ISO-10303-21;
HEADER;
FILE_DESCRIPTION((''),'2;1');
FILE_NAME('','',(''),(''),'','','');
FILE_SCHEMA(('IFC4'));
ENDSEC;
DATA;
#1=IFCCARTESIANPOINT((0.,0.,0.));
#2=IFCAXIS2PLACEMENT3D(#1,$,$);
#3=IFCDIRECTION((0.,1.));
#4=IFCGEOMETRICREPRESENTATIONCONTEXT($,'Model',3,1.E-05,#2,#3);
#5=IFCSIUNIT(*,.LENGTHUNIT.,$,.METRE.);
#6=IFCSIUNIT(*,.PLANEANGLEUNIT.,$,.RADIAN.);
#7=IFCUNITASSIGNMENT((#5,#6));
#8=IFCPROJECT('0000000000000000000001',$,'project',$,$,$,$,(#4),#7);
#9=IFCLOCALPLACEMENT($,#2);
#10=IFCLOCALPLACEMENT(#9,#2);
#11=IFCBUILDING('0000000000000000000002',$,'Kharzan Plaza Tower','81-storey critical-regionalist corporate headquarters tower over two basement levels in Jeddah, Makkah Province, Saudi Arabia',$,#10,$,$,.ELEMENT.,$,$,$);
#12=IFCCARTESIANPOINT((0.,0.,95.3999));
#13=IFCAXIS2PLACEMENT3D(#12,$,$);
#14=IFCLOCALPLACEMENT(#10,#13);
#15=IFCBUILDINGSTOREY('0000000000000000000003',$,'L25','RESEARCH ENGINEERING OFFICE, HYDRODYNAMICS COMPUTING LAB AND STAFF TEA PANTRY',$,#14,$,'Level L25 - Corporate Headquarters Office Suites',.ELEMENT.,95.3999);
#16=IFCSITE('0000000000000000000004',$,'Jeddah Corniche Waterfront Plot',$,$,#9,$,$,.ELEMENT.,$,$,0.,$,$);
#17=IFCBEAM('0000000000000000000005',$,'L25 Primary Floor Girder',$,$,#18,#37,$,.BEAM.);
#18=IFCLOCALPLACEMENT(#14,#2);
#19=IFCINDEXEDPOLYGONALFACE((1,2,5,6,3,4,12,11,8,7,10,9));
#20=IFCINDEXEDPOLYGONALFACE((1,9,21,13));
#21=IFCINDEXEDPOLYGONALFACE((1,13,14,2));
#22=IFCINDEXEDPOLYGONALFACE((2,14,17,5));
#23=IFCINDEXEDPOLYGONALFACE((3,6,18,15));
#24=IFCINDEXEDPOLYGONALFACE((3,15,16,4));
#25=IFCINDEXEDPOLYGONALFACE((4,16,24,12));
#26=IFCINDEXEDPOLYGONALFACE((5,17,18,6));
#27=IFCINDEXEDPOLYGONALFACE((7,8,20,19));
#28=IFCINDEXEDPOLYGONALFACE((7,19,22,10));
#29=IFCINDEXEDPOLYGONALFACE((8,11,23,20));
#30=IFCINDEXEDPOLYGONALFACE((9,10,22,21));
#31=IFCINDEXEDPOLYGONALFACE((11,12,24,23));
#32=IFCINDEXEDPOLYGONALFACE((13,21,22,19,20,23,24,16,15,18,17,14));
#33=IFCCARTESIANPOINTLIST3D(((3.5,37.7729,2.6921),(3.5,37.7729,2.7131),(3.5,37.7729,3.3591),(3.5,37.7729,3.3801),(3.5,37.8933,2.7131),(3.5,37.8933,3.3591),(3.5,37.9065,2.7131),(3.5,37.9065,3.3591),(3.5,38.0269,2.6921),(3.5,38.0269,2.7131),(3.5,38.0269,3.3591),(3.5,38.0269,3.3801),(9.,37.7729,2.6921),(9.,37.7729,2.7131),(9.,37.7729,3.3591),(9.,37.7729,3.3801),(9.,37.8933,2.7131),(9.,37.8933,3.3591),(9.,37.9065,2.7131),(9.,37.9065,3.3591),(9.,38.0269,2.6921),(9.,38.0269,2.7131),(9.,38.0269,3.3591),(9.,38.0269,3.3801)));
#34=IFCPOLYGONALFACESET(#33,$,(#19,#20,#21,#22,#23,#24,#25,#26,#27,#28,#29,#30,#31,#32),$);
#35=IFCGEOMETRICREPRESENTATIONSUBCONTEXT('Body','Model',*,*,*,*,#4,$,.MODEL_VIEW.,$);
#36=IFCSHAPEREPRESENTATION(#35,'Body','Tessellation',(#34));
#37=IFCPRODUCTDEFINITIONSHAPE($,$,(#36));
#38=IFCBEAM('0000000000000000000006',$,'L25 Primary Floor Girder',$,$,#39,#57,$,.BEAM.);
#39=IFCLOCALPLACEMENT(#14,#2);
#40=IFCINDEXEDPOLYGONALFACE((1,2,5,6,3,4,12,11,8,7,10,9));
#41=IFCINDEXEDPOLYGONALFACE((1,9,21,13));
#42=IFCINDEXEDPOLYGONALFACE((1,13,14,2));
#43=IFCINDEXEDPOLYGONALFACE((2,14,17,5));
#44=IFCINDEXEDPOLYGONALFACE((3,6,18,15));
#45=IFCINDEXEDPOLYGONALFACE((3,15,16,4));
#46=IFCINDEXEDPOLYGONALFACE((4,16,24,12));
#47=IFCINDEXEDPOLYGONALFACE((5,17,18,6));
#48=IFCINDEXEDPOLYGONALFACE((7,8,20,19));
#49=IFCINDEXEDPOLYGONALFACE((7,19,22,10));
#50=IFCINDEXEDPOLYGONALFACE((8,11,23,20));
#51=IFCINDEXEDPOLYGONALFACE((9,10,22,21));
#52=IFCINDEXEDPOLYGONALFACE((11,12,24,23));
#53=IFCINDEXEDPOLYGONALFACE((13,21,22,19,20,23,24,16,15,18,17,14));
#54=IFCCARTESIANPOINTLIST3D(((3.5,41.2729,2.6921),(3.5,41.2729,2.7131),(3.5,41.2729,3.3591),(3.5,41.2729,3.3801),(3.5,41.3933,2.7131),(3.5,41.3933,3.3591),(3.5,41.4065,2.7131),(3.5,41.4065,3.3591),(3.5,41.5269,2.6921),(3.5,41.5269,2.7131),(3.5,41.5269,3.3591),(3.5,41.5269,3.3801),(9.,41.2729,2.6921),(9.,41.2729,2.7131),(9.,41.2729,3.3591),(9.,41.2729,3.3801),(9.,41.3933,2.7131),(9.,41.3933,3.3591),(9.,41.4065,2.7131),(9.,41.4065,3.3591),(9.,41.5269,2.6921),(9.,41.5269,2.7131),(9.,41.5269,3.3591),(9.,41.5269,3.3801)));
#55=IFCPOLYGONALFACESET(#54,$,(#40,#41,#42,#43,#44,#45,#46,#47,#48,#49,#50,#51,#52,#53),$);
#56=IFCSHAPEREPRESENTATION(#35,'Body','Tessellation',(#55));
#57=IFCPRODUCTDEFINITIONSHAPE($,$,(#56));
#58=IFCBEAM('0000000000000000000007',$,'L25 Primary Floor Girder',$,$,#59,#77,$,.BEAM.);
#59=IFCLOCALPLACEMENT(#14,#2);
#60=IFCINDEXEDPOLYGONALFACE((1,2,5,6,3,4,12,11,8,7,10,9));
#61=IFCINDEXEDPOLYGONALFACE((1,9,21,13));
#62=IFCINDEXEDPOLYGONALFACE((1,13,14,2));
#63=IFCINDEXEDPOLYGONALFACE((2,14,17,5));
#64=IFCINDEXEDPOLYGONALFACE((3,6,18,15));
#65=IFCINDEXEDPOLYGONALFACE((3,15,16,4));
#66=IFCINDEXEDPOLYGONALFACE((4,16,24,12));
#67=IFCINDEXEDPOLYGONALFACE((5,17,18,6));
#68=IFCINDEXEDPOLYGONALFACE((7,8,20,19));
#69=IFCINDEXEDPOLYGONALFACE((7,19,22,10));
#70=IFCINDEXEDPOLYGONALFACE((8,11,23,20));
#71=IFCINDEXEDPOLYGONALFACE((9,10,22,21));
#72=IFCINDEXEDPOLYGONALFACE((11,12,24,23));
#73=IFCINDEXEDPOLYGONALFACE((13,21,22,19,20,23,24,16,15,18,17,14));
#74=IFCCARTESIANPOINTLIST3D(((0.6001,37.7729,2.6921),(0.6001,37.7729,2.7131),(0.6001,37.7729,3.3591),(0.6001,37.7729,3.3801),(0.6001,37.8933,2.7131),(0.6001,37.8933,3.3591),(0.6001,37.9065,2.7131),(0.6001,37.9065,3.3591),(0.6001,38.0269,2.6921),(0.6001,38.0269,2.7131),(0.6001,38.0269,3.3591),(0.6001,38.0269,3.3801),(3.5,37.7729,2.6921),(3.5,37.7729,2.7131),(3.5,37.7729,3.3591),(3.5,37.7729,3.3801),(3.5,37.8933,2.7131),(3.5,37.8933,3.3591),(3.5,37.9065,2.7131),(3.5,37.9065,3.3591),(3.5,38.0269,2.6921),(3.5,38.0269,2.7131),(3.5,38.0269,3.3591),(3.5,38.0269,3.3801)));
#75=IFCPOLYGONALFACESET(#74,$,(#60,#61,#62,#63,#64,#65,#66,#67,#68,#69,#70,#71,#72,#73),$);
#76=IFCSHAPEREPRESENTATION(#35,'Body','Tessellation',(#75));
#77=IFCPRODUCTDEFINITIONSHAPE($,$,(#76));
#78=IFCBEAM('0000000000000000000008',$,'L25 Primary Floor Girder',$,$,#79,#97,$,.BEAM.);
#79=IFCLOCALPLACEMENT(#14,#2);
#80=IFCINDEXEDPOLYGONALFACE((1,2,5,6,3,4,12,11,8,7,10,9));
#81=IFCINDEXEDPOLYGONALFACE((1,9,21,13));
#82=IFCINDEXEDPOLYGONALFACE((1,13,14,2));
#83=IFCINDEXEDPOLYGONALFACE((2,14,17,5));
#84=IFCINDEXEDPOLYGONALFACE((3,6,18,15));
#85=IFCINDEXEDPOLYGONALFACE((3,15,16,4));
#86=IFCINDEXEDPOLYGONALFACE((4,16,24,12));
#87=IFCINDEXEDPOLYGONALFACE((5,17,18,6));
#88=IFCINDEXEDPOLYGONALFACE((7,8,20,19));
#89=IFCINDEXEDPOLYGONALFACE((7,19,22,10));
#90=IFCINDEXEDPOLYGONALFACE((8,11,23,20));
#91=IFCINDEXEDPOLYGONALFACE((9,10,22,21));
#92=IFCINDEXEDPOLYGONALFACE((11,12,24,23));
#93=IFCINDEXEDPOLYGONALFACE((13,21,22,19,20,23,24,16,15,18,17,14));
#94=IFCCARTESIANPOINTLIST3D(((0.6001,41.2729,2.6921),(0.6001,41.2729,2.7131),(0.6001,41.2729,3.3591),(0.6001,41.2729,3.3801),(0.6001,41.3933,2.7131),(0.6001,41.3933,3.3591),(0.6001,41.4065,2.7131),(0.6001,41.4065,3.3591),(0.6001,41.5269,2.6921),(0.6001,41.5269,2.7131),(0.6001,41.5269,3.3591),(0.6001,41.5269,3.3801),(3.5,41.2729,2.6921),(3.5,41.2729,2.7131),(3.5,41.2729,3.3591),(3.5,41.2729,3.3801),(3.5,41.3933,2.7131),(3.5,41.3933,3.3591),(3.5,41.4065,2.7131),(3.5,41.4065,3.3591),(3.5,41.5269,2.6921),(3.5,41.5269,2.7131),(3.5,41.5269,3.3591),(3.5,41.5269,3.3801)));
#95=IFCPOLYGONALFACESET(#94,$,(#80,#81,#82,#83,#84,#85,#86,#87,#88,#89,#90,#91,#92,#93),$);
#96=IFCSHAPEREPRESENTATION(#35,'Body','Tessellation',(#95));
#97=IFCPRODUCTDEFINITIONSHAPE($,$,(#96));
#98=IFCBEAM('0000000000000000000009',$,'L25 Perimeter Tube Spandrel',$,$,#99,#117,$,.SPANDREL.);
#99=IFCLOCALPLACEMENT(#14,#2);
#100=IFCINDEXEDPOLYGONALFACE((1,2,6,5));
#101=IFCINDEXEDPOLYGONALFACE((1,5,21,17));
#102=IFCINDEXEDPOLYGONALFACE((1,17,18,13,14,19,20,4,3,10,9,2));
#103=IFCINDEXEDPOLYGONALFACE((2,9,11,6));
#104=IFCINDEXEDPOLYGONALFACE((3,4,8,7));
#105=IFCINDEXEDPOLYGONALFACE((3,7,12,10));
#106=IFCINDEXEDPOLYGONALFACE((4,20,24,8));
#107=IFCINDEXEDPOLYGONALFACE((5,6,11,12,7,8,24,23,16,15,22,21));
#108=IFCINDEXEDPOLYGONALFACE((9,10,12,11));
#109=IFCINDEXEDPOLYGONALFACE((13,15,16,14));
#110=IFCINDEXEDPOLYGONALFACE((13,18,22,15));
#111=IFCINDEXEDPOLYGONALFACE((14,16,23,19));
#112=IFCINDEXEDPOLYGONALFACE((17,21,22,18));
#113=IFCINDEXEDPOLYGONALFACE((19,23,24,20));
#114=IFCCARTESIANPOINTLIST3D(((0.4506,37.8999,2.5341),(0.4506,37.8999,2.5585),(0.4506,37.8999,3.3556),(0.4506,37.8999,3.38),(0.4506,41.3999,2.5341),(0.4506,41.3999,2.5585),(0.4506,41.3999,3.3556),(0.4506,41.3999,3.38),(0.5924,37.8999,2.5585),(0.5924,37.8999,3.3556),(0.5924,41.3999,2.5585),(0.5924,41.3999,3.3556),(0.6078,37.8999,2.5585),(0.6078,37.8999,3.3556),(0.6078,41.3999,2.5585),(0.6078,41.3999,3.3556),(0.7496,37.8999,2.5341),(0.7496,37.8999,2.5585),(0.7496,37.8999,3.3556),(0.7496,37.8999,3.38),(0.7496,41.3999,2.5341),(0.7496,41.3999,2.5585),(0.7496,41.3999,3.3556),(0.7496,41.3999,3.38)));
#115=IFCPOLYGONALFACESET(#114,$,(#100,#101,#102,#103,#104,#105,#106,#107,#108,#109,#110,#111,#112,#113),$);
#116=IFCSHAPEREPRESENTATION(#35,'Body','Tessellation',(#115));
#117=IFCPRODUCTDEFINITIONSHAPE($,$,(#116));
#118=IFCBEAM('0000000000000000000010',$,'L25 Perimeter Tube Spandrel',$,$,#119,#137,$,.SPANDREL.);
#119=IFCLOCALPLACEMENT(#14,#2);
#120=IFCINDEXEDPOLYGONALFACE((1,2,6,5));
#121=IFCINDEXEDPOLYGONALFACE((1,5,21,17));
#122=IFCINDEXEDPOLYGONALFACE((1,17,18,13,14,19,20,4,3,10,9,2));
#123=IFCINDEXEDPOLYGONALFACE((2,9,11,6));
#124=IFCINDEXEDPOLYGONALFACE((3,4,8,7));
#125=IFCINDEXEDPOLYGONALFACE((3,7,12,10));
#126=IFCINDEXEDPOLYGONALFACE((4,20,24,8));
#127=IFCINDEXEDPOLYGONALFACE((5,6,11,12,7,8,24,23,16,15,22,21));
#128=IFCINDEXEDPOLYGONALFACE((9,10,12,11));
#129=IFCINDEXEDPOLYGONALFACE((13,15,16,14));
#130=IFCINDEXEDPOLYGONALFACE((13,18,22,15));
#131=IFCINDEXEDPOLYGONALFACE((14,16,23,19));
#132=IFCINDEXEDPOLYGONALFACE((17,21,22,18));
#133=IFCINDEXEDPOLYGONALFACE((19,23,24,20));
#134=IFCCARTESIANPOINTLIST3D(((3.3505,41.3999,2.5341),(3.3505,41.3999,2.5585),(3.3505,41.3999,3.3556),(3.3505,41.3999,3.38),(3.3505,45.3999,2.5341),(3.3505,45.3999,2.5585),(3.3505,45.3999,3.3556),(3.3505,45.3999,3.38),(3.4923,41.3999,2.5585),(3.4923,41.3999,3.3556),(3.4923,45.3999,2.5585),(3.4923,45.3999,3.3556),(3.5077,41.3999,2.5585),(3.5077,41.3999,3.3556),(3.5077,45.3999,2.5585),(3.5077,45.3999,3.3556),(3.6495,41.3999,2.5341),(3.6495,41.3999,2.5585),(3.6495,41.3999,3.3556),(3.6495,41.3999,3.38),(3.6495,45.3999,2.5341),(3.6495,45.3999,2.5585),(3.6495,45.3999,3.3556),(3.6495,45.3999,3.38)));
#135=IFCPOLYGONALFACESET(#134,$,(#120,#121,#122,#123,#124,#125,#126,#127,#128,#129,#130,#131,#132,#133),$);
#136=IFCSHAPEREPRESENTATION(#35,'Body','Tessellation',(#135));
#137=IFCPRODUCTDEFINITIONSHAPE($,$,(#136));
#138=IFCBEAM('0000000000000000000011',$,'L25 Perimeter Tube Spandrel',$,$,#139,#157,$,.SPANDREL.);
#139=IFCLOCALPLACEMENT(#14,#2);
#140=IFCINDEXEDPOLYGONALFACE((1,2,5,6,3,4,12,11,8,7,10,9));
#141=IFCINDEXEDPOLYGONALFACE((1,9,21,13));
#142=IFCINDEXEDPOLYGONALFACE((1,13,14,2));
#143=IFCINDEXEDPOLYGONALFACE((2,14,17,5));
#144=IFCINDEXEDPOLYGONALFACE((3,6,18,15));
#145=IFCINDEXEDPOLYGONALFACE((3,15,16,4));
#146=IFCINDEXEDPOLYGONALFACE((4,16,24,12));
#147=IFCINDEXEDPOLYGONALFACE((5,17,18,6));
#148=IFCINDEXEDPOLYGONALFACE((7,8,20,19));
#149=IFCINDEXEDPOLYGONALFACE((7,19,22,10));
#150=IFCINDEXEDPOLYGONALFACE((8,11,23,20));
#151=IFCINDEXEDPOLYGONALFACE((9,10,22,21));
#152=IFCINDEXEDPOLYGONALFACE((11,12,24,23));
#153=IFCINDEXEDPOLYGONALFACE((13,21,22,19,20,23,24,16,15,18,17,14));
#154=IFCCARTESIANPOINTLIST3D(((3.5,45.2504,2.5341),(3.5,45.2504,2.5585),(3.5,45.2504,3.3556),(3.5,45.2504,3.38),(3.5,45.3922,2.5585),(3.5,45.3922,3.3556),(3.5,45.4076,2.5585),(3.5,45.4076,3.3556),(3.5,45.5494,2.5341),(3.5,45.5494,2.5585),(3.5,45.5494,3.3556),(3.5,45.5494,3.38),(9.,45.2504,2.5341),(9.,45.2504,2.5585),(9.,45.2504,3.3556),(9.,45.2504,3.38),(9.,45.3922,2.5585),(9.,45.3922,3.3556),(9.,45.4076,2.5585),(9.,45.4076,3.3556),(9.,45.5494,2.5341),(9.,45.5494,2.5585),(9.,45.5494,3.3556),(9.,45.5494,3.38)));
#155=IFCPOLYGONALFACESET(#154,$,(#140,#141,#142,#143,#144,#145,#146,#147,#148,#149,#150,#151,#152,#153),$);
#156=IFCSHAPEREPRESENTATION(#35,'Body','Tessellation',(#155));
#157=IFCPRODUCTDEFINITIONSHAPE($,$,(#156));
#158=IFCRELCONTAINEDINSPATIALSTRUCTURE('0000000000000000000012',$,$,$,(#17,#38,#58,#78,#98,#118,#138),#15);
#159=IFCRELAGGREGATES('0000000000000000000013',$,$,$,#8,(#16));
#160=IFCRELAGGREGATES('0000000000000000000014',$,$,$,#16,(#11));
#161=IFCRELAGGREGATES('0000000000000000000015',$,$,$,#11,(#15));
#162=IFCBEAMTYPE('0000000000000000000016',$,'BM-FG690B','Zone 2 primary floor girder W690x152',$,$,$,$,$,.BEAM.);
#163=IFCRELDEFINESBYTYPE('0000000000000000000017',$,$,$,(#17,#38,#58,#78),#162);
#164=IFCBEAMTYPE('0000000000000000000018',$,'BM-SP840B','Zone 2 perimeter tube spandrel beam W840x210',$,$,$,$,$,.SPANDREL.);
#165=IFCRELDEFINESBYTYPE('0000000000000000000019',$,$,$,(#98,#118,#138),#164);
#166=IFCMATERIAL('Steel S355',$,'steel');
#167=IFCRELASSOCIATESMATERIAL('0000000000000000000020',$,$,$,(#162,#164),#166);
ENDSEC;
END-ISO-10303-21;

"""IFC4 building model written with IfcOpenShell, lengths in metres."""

from ifc_helpers import new_model, si_unit, direction, frame, origin, origin_2d, place, context, subcontext, project, spatial, i_section, extrude, source, transform, mapped, material, material_profile, profile_set, type_object, element, save


model = new_model("IFC4")

# Units and contexts
model_context = context("Model", 3, precision=1e-05, world=origin(), true_north=direction((0.0, 1.0)))
body_context = subcontext(model_context, "Body", "Model", "MODEL_VIEW")
ifc_project = project(units=[si_unit("LENGTHUNIT", "METRE"), si_unit("PLANEANGLEUNIT", "RADIAN")], contexts=[model_context])

# Site, building, storey
site_placement = place(None, origin())
site = spatial("IfcSite", under=ifc_project, at=site_placement, Name="Jeddah Corniche Waterfront Plot", CompositionType="ELEMENT", RefElevation=0.0)
building_placement = place(site_placement, origin())
building = spatial("IfcBuilding", under=site, at=building_placement, Name="Kharzan Plaza Tower", Description="81-storey critical-regionalist corporate headquarters tower over two basement levels in Jeddah, Makkah Province, Saudi Arabia", CompositionType="ELEMENT")
storey_placement = place(building_placement, frame((0.0, 0.0, 95.3999)))
storey = spatial("IfcBuildingStorey", under=building, at=storey_placement, Name="L25", Description="RESEARCH ENGINEERING OFFICE, HYDRODYNAMICS COMPUTING LAB AND STAFF TEA PANTRY", LongName="Level L25 - Corporate Headquarters Office Suites", CompositionType="ELEMENT", Elevation=95.3999)

# Beams
ifc_material_1 = material(Name="Steel S355", Category="steel")
ifc_material_profile_1 = material_profile(ifc_material_1, i_section(OverallWidth=0.2539, OverallDepth=0.688, WebThickness=0.0132, FlangeThickness=0.021, at=origin_2d()), Name="W690x152")
ifc_profile_set_1 = profile_set([ifc_material_profile_1], Name="Steel S355")
beam_type_1 = type_object("IfcBeamType", Name="BM-FG690B", Description="Zone 2 primary floor girder W690x152", PredefinedType="BEAM", material=ifc_profile_set_1)
shared_shape_1 = source(origin(), body_context, "Body", "SweptSolid", [
    extrude(i_section(OverallWidth=0.2539, OverallDepth=0.688, WebThickness=0.0132, FlangeThickness=0.021, at=origin_2d()), origin(), (0.0, 0.0, 1.0), 5.5),
])
for number, where, z_axis, x_axis, name in (
    (1, (3.5, 37.8999, 3.0361), (1.0, 0.0, 0.0), (0.0, 1.0, 0.0), "L25 Primary Floor Girder"),
    (2, (3.5, 41.3999, 3.0361), (1.0, 0.0, 0.0), (0.0, 1.0, 0.0), "L25 Primary Floor Girder"),
):
    element("IfcBeam", number, at=place(storey_placement, frame(where, z_axis=z_axis, x_axis=x_axis)), inside=storey, type_object=beam_type_1, Name=name, PredefinedType="BEAM", context=body_context, shape_type="MappedRepresentation", body=[
        mapped(shared_shape_1, transform((0.0, 0.0, 0.0), x_axis=(1.0, 0.0, 0.0), y_axis=(0.0, 1.0, 0.0), z_axis=(0.0, 0.0, 1.0))),
    ])
shared_shape_2 = source(origin(), body_context, "Body", "SweptSolid", [
    extrude(i_section(OverallWidth=0.2539, OverallDepth=0.688, WebThickness=0.0132, FlangeThickness=0.021, at=origin_2d()), origin(), (0.0, 0.0, 1.0), 2.8999),
])
for number, where, z_axis, x_axis, name in (
    (3, (0.6001, 37.8999, 3.0361), (1.0, 0.0, 0.0), (0.0, 1.0, 0.0), "L25 Primary Floor Girder"),
    (4, (0.6001, 41.3999, 3.0361), (1.0, 0.0, 0.0), (0.0, 1.0, 0.0), "L25 Primary Floor Girder"),
):
    element("IfcBeam", number, at=place(storey_placement, frame(where, z_axis=z_axis, x_axis=x_axis)), inside=storey, type_object=beam_type_1, Name=name, PredefinedType="BEAM", context=body_context, shape_type="MappedRepresentation", body=[
        mapped(shared_shape_2, transform((0.0, 0.0, 0.0), x_axis=(1.0, 0.0, 0.0), y_axis=(0.0, 1.0, 0.0), z_axis=(0.0, 0.0, 1.0))),
    ])
ifc_material_profile_2 = material_profile(ifc_material_1, i_section(OverallWidth=0.2991, OverallDepth=0.8459, WebThickness=0.0154, FlangeThickness=0.0244, at=origin_2d()), Name="W840x210")
ifc_profile_set_2 = profile_set([ifc_material_profile_2], Name="Steel S355")
beam_type_2 = type_object("IfcBeamType", Name="BM-SP840B", Description="Zone 2 perimeter tube spandrel beam W840x210", PredefinedType="SPANDREL", material=ifc_profile_set_2)
shared_shape_3 = source(origin(), body_context, "Body", "SweptSolid", [
    extrude(i_section(OverallWidth=0.2991, OverallDepth=0.8459, WebThickness=0.0154, FlangeThickness=0.0244, at=origin_2d()), origin(), (0.0, 0.0, 1.0), 3.5),
])
beam_1_placement = place(storey_placement, frame((0.6001, 37.8999, 2.957), z_axis=(0.0, 1.0, 0.0), x_axis=(-1.0, 0.0, 0.0)))
element("IfcBeam", 5, at=beam_1_placement, inside=storey, type_object=beam_type_2, Name="L25 Perimeter Tube Spandrel", PredefinedType="SPANDREL", context=body_context, shape_type="MappedRepresentation", body=[
    mapped(shared_shape_3, transform((0.0, 0.0, 0.0), x_axis=(1.0, 0.0, 0.0), y_axis=(0.0, 1.0, 0.0), z_axis=(0.0, 0.0, 1.0))),
])
shared_shape_4 = source(origin(), body_context, "Body", "SweptSolid", [
    extrude(i_section(OverallWidth=0.2991, OverallDepth=0.8459, WebThickness=0.0154, FlangeThickness=0.0244, at=origin_2d()), origin(), (0.0, 0.0, 1.0), 4.0),
])
beam_2_placement = place(storey_placement, frame((3.5, 41.3999, 2.957), z_axis=(0.0, 1.0, 0.0), x_axis=(-1.0, 0.0, 0.0)))
element("IfcBeam", 6, at=beam_2_placement, inside=storey, type_object=beam_type_2, Name="L25 Perimeter Tube Spandrel", PredefinedType="SPANDREL", context=body_context, shape_type="MappedRepresentation", body=[
    mapped(shared_shape_4, transform((0.0, 0.0, 0.0), x_axis=(1.0, 0.0, 0.0), y_axis=(0.0, 1.0, 0.0), z_axis=(0.0, 0.0, 1.0))),
])
shared_shape_5 = source(origin(), body_context, "Body", "SweptSolid", [
    extrude(i_section(OverallWidth=0.2991, OverallDepth=0.8459, WebThickness=0.0154, FlangeThickness=0.0244, at=origin_2d()), origin(), (0.0, 0.0, 1.0), 5.5),
])
beam_3_placement = place(storey_placement, frame((3.5, 45.3999, 2.957), z_axis=(1.0, 0.0, 0.0), x_axis=(0.0, 1.0, 0.0)))
element("IfcBeam", 7, at=beam_3_placement, inside=storey, type_object=beam_type_2, Name="L25 Perimeter Tube Spandrel", PredefinedType="SPANDREL", context=body_context, shape_type="MappedRepresentation", body=[
    mapped(shared_shape_5, transform((0.0, 0.0, 0.0), x_axis=(1.0, 0.0, 0.0), y_axis=(0.0, 1.0, 0.0), z_axis=(0.0, 0.0, 1.0))),
])

save(model, "model.ifc")
